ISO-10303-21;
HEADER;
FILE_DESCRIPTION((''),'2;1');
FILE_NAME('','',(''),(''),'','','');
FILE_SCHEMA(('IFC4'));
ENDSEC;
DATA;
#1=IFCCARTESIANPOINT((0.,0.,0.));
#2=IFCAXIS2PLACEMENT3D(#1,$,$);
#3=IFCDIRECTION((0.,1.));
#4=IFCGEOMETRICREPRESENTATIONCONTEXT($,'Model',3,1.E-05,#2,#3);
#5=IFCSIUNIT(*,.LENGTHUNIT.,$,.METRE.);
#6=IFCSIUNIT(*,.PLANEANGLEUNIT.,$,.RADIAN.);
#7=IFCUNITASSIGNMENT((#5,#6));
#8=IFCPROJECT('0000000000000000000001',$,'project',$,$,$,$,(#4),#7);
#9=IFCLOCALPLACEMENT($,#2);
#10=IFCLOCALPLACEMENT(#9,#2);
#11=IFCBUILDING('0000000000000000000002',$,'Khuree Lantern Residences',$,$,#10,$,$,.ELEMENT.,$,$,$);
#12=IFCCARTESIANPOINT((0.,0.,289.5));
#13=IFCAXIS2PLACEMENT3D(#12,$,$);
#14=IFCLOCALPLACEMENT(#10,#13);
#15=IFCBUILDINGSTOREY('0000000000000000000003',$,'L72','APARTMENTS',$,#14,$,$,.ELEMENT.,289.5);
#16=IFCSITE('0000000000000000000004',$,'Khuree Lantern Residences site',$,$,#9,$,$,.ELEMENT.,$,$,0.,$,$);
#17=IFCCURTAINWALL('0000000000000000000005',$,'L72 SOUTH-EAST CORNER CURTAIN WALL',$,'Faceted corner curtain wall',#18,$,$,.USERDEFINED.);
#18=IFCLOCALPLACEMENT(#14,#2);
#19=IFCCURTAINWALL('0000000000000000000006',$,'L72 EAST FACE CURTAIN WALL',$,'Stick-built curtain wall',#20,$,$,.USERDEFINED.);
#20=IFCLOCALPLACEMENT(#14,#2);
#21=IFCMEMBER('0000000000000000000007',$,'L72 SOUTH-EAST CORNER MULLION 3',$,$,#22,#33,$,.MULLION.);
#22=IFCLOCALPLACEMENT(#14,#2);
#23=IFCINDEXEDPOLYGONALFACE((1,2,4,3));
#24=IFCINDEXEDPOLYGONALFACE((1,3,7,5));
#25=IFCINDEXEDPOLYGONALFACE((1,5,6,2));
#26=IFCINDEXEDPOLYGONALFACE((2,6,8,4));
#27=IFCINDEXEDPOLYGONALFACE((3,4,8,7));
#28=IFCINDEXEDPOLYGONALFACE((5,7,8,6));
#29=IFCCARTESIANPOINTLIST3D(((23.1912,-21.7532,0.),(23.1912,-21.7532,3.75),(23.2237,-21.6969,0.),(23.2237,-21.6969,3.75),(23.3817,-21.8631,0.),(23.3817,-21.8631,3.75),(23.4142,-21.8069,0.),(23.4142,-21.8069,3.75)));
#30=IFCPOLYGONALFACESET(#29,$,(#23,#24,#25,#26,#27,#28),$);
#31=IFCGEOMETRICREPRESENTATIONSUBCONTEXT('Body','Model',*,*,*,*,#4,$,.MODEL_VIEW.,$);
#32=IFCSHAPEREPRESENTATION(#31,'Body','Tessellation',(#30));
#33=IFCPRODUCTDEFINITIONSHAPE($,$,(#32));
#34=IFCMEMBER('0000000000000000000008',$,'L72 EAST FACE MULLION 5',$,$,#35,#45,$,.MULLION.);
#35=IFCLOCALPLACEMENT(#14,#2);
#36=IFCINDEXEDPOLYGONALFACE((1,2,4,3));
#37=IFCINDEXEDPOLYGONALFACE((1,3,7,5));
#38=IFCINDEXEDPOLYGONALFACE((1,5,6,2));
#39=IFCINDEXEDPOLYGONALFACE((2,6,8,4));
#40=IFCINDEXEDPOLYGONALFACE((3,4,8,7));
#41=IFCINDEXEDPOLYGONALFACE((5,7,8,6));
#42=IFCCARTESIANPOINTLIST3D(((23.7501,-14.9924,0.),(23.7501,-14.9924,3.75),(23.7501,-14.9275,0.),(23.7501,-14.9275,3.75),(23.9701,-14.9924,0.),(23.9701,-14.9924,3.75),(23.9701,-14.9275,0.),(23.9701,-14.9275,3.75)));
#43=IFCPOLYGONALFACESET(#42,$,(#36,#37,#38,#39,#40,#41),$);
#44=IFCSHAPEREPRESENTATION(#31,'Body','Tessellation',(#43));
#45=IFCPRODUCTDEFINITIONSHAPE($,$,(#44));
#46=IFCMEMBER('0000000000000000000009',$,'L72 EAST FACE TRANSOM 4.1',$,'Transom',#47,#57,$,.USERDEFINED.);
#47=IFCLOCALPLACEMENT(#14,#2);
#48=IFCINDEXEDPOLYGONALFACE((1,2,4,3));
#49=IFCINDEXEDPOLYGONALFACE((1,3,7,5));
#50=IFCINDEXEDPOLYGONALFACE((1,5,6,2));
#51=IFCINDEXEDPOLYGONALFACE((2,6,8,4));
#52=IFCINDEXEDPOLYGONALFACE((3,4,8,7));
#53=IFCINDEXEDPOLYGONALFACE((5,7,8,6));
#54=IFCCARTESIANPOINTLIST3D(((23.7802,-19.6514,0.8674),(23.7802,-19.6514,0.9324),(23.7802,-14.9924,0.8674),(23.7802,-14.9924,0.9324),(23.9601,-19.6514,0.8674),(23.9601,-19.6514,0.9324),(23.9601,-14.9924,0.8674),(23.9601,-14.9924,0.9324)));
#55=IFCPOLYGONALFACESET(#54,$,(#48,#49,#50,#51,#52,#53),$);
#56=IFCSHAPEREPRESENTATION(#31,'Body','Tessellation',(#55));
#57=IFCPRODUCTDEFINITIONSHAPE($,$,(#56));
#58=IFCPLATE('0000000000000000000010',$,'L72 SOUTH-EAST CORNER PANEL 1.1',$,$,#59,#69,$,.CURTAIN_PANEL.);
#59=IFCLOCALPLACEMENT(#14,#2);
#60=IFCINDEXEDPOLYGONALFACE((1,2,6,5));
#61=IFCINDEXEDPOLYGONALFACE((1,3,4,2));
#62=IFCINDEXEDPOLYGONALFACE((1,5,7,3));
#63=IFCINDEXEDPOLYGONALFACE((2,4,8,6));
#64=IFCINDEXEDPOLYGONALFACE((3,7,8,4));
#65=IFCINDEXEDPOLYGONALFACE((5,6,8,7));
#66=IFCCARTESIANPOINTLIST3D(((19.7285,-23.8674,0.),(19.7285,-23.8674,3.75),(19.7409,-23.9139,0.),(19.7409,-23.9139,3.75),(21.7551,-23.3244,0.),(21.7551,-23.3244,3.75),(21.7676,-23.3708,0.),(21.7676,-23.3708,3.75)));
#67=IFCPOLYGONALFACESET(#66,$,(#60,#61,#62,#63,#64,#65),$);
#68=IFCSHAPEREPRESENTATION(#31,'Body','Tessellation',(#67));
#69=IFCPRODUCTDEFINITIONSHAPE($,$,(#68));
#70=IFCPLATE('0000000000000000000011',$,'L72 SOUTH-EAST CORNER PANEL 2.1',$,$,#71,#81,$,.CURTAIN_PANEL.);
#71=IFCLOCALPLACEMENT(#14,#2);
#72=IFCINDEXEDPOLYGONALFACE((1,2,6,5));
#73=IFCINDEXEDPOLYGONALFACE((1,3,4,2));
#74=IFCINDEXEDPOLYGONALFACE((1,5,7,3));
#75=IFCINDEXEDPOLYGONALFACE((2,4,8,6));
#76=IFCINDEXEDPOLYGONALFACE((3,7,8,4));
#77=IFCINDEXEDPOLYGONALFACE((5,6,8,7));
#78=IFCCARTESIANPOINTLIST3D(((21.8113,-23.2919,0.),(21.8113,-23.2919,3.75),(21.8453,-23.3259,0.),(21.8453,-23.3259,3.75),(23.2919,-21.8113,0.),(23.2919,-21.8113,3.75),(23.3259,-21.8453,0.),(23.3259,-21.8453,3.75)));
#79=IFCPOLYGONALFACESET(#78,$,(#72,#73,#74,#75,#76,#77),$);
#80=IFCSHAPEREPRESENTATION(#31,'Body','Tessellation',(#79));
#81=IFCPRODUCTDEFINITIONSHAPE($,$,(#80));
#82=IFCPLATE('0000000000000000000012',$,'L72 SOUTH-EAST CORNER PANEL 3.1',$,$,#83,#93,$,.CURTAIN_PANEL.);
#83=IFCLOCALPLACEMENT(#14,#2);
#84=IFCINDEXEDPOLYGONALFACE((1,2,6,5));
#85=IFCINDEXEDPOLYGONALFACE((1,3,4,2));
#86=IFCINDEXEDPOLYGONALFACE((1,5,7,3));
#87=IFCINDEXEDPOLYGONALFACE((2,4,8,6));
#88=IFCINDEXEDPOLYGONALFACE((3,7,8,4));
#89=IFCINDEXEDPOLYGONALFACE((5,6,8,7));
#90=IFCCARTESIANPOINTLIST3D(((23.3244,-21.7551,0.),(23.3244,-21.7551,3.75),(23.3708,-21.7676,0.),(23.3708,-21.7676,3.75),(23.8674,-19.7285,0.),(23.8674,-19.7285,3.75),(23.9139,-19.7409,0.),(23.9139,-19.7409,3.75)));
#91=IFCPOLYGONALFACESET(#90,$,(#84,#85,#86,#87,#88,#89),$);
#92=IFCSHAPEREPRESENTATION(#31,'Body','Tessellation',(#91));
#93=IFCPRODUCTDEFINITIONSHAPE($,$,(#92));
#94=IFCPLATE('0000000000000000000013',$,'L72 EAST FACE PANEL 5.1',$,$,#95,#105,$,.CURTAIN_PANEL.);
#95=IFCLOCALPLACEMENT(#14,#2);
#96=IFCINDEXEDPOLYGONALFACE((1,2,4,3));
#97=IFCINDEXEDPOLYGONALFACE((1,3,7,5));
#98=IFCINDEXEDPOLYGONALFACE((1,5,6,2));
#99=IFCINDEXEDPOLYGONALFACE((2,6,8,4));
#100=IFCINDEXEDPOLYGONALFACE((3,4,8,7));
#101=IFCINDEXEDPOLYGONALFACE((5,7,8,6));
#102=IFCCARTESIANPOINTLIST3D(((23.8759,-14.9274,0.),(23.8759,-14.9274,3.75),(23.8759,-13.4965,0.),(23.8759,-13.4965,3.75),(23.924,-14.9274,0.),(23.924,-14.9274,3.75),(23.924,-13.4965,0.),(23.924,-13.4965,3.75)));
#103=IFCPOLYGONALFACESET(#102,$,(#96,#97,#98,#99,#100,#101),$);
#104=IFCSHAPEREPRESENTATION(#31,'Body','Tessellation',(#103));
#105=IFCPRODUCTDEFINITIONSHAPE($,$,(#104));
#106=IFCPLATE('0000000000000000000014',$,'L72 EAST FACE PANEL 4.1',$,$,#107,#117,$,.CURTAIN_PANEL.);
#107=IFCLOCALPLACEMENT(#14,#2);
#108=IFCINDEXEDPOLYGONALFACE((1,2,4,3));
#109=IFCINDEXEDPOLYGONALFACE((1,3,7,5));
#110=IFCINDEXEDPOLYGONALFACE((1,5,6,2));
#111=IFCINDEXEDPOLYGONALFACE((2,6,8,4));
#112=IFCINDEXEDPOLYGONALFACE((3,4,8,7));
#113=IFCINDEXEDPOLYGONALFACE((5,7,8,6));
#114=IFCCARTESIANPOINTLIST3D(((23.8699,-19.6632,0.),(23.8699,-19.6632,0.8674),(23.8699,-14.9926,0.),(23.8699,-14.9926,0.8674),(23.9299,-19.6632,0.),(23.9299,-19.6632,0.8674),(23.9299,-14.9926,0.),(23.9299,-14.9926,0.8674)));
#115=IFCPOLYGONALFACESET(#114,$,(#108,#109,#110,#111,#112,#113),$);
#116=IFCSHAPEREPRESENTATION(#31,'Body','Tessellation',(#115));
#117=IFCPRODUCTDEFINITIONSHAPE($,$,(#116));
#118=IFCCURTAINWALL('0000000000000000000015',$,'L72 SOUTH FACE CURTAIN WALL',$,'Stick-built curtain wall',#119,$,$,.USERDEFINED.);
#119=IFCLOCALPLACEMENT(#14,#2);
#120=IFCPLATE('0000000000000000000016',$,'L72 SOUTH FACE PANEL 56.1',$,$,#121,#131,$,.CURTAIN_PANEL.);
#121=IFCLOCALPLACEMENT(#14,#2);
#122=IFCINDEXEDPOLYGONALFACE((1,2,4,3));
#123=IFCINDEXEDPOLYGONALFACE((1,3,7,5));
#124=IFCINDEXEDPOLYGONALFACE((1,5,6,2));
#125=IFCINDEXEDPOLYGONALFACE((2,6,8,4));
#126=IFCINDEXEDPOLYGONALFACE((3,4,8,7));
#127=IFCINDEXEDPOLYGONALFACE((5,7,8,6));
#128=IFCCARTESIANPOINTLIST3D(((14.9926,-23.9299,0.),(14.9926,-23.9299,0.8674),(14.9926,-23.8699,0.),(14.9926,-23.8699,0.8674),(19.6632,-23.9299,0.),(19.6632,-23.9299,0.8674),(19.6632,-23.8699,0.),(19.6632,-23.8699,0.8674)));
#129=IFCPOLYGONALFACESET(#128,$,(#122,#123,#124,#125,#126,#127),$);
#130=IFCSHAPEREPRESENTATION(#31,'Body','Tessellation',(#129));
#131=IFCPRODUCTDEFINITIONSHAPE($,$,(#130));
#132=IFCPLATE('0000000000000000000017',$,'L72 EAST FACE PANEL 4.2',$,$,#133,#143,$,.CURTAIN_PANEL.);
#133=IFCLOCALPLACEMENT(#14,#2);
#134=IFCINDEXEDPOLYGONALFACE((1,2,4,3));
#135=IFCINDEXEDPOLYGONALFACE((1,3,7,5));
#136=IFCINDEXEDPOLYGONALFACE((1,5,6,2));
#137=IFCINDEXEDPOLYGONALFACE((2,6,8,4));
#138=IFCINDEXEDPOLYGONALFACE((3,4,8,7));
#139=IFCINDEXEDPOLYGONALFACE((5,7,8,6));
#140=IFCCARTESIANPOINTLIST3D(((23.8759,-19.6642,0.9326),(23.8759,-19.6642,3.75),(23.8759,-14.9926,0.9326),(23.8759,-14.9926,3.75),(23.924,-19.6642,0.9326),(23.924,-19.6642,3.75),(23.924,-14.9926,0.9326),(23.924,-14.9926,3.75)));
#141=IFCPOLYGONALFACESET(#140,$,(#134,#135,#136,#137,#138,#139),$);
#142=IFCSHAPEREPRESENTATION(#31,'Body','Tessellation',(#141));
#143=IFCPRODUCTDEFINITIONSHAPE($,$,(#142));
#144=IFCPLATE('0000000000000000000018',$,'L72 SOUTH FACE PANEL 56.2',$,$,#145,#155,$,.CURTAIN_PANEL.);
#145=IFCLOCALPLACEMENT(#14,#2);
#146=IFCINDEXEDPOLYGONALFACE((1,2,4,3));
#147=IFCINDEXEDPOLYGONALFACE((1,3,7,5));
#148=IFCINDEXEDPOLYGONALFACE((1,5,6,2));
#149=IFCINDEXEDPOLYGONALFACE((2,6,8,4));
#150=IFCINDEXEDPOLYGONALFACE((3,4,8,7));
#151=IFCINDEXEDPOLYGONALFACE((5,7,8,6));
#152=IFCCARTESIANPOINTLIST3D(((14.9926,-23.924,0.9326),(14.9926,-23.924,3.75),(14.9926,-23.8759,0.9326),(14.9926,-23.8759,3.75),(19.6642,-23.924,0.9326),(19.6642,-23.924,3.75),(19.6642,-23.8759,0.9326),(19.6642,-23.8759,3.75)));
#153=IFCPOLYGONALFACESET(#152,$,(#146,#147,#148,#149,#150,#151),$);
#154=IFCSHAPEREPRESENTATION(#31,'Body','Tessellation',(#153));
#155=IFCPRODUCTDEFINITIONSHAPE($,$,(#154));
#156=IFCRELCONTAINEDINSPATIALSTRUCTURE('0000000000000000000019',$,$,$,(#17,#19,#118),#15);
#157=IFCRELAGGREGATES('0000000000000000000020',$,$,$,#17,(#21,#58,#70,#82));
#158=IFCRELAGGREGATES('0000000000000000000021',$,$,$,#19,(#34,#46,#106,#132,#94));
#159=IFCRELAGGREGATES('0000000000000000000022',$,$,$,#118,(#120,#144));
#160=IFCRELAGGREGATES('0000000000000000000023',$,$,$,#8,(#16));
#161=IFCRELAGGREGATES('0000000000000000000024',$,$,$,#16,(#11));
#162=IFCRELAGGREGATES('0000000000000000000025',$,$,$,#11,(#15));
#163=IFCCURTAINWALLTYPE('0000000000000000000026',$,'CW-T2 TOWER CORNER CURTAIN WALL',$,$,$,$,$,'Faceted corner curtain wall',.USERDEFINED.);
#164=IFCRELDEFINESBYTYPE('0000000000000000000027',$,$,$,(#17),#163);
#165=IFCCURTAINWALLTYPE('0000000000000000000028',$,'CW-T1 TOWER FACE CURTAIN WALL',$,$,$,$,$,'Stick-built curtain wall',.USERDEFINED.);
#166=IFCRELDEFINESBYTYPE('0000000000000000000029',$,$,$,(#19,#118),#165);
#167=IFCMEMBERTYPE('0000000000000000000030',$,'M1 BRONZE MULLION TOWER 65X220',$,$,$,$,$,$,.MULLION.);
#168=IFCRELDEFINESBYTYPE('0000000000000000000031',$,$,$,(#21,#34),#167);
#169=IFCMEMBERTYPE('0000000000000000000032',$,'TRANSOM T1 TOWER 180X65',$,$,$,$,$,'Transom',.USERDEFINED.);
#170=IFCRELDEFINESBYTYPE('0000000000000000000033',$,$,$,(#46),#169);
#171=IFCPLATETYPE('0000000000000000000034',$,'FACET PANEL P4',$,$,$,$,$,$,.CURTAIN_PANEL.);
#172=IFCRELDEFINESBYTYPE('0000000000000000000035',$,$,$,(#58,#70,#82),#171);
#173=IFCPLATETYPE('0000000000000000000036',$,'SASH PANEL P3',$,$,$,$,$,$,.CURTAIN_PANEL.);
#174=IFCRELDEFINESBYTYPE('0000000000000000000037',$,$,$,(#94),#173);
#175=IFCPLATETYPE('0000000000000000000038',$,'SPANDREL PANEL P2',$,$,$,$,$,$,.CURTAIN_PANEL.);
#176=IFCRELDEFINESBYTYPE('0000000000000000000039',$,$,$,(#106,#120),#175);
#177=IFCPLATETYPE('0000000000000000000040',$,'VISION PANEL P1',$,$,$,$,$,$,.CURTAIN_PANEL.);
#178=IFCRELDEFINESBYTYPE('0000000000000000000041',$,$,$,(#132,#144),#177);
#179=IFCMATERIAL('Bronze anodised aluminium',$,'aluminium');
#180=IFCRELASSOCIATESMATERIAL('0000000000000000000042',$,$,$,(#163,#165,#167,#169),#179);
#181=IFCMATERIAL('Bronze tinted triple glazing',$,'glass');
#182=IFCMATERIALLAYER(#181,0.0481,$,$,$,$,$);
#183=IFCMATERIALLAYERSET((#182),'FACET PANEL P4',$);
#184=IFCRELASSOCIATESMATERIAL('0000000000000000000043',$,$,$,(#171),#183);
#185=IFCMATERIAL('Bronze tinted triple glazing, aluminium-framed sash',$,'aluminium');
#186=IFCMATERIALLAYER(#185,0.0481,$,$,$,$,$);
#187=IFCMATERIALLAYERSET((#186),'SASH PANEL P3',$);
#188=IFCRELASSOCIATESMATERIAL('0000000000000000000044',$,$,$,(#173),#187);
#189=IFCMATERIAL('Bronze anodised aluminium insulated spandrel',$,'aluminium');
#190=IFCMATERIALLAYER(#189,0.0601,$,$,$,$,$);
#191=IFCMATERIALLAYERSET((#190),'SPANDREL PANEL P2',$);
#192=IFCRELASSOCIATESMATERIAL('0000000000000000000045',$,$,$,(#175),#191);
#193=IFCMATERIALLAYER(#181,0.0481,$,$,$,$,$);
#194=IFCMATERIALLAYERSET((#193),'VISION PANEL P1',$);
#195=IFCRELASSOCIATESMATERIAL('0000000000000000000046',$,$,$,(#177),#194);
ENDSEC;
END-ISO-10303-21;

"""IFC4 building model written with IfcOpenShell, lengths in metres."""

from ifc_helpers import new_model, si_unit, direction, frame, origin, origin_2d, place, context, subcontext, project, spatial, rectangle, extrude, material, layer, layer_set, material_profile, profile_set, type_object, element, aggregate, save


model = new_model("IFC4")

# Units and contexts
model_context = context("Model", 3, precision=1e-05, world=origin(), true_north=direction((0.0, 1.0)))
body_context = subcontext(model_context, "Body", "Model", "MODEL_VIEW")
ifc_project = project(units=[si_unit("LENGTHUNIT", "METRE"), si_unit("PLANEANGLEUNIT", "RADIAN")], contexts=[model_context])

# Site, building, storey
site_placement = place(None, origin())
site = spatial("IfcSite", under=ifc_project, at=site_placement, Name="Khuree Lantern Residences site", CompositionType="ELEMENT", RefElevation=0.0)
building_placement = place(site_placement, origin())
building = spatial("IfcBuilding", under=site, at=building_placement, Name="Khuree Lantern Residences", CompositionType="ELEMENT")
storey_placement = place(building_placement, frame((0.0, 0.0, 289.5)))
storey = spatial("IfcBuildingStorey", under=building, at=storey_placement, Name="L72", Description="APARTMENTS", CompositionType="ELEMENT", Elevation=289.5)

# Curtain walls
ifc_material_1 = material(Name="Bronze anodised aluminium", Category="aluminium")
curtain_wall_type_1 = type_object("IfcCurtainWallType", Name="CW-T2 TOWER CORNER CURTAIN WALL", ElementType="Faceted corner curtain wall", PredefinedType="USERDEFINED", material=ifc_material_1)
curtain_wall_1_placement = place(storey_placement, origin())
curtain_wall_1 = element("IfcCurtainWall", 1, at=curtain_wall_1_placement, inside=storey, type_object=curtain_wall_type_1, Name="L72 SOUTH-EAST CORNER CURTAIN WALL", ObjectType="Faceted corner curtain wall", PredefinedType="USERDEFINED")
curtain_wall_type_2 = type_object("IfcCurtainWallType", Name="CW-T1 TOWER FACE CURTAIN WALL", ElementType="Stick-built curtain wall", PredefinedType="USERDEFINED", material=ifc_material_1)
curtain_wall_2_placement = place(storey_placement, origin())
curtain_wall_2 = element("IfcCurtainWall", 2, at=curtain_wall_2_placement, inside=storey, type_object=curtain_wall_type_2, Name="L72 EAST FACE CURTAIN WALL", ObjectType="Stick-built curtain wall", PredefinedType="USERDEFINED")

# Members
ifc_material_profile_1 = material_profile(ifc_material_1, rectangle(XDim=0.0649, YDim=0.22, at=origin_2d()), Name="M1 65X220")
ifc_profile_set_1 = profile_set([ifc_material_profile_1], Name="Bronze anodised aluminium")
member_type_1 = type_object("IfcMemberType", Name="M1 BRONZE MULLION TOWER 65X220", PredefinedType="MULLION", material=ifc_profile_set_1)
member_1_placement = place(storey_placement, frame((23.3027, -21.78, 0.0), z_axis=(0.0, 0.0, 1.0), x_axis=(0.5, 0.866025, 0.0)))
member_1 = element("IfcMember", 3, at=member_1_placement, type_object=member_type_1, Name="L72 SOUTH-EAST CORNER MULLION 3", PredefinedType="MULLION", context=body_context, shape_type="SweptSolid", body=[
    extrude(rectangle(XDim=0.0649, YDim=0.22, at=origin_2d()), origin(), (0.0, 0.0, 1.0), 3.75),
])
member_2_placement = place(storey_placement, frame((23.8601, -14.96, 0.0), z_axis=(0.0, 0.0, 1.0), x_axis=(0.0, 1.0, 0.0)))
member_2 = element("IfcMember", 4, at=member_2_placement, type_object=member_type_1, Name="L72 EAST FACE MULLION 5", PredefinedType="MULLION", context=body_context, shape_type="SweptSolid", body=[
    extrude(rectangle(XDim=0.0649, YDim=0.22, at=origin_2d()), origin(), (0.0, 0.0, 1.0), 3.75),
])
ifc_material_profile_2 = material_profile(ifc_material_1, rectangle(XDim=0.1799, YDim=0.0649, at=origin_2d()), Name="T1 180X65")
ifc_profile_set_2 = profile_set([ifc_material_profile_2], Name="Bronze anodised aluminium")
member_type_2 = type_object("IfcMemberType", Name="TRANSOM T1 TOWER 180X65", ElementType="Transom", PredefinedType="USERDEFINED", material=ifc_profile_set_2)
member_3_placement = place(storey_placement, frame((23.8701, -19.6514, 0.8999), z_axis=(0.0, 1.0, 0.0), x_axis=(-1.0, 0.0, 0.0)))
member_3 = element("IfcMember", 5, at=member_3_placement, type_object=member_type_2, Name="L72 EAST FACE TRANSOM 4.1", ObjectType="Transom", PredefinedType="USERDEFINED", context=body_context, shape_type="SweptSolid", body=[
    extrude(rectangle(XDim=0.1799, YDim=0.0649, at=origin_2d()), origin(), (0.0, 0.0, 1.0), 4.6589),
])

# Plates
ifc_material_2 = material(Name="Bronze tinted triple glazing", Category="glass")
ifc_layer_1 = layer(ifc_material_2, 0.0481)
ifc_layer_set_1 = layer_set([ifc_layer_1], Name="FACET PANEL P4")
plate_type_1 = type_object("IfcPlateType", Name="FACET PANEL P4", PredefinedType="CURTAIN_PANEL", material=ifc_layer_set_1)
plate_1_placement = place(storey_placement, frame((20.748, -23.6191, 0.0), z_axis=(0.0, 0.0, 1.0), x_axis=(0.965926, 0.258819, 0.0)))
plate_1 = element("IfcPlate", 6, at=plate_1_placement, type_object=plate_type_1, Name="L72 SOUTH-EAST CORNER PANEL 1.1", PredefinedType="CURTAIN_PANEL", context=body_context, shape_type="SweptSolid", body=[
    extrude(rectangle(XDim=2.0981, YDim=0.0481, at=origin_2d()), origin(), (0.0, 0.0, 1.0), 3.75),
])
plate_2_placement = place(storey_placement, frame((22.5686, -22.5686, 0.0), z_axis=(0.0, 0.0, 1.0), x_axis=(0.707107, 0.707107, 0.0)))
plate_2 = element("IfcPlate", 7, at=plate_2_placement, type_object=plate_type_1, Name="L72 SOUTH-EAST CORNER PANEL 2.1", PredefinedType="CURTAIN_PANEL", context=body_context, shape_type="SweptSolid", body=[
    extrude(rectangle(XDim=2.094, YDim=0.0481, at=origin_2d()), origin(), (0.0, 0.0, 1.0), 3.75),
])
plate_3_placement = place(storey_placement, frame((23.6191, -20.748, 0.0), z_axis=(0.0, 0.0, 1.0), x_axis=(0.258819, 0.965926, 0.0)))
plate_3 = element("IfcPlate", 8, at=plate_3_placement, type_object=plate_type_1, Name="L72 SOUTH-EAST CORNER PANEL 3.1", PredefinedType="CURTAIN_PANEL", context=body_context, shape_type="SweptSolid", body=[
    extrude(rectangle(XDim=2.0981, YDim=0.0481, at=origin_2d()), origin(), (0.0, 0.0, 1.0), 3.75),
])
aggregate(curtain_wall_1, [member_1, plate_1, plate_2, plate_3])
ifc_material_3 = material(Name="Bronze tinted triple glazing, aluminium-framed sash", Category="aluminium")
ifc_layer_2 = layer(ifc_material_3, 0.0481)
ifc_layer_set_2 = layer_set([ifc_layer_2], Name="SASH PANEL P3")
plate_type_2 = type_object("IfcPlateType", Name="SASH PANEL P3", PredefinedType="CURTAIN_PANEL", material=ifc_layer_set_2)
plate_4_placement = place(storey_placement, frame((23.8999, -14.2119, 0.0), z_axis=(0.0, 0.0, 1.0), x_axis=(0.0, 1.0, 0.0)))
plate_4 = element("IfcPlate", 9, at=plate_4_placement, type_object=plate_type_2, Name="L72 EAST FACE PANEL 5.1", PredefinedType="CURTAIN_PANEL", context=body_context, shape_type="SweptSolid", body=[
    extrude(rectangle(XDim=1.4309, YDim=0.0481, at=origin_2d()), origin(), (0.0, 0.0, 1.0), 3.75),
])
ifc_material_4 = material(Name="Bronze anodised aluminium insulated spandrel", Category="aluminium")
ifc_layer_3 = layer(ifc_material_4, 0.0601)
ifc_layer_set_3 = layer_set([ifc_layer_3], Name="SPANDREL PANEL P2")
plate_type_3 = type_object("IfcPlateType", Name="SPANDREL PANEL P2", PredefinedType="CURTAIN_PANEL", material=ifc_layer_set_3)
plate_5_placement = place(storey_placement, frame((23.8999, -17.3279, 0.0), z_axis=(0.0, 0.0, 1.0), x_axis=(0.0, 1.0, 0.0)))
plate_5 = element("IfcPlate", 10, at=plate_5_placement, type_object=plate_type_3, Name="L72 EAST FACE PANEL 4.1", PredefinedType="CURTAIN_PANEL", context=body_context, shape_type="SweptSolid", body=[
    extrude(rectangle(XDim=4.6707, YDim=0.0601, at=origin_2d()), origin(), (0.0, 0.0, 1.0), 0.8674),
])

# Curtain wall, plate
curtain_wall_3_placement = place(storey_placement, origin())
curtain_wall_3 = element("IfcCurtainWall", 11, at=curtain_wall_3_placement, inside=storey, type_object=curtain_wall_type_2, Name="L72 SOUTH FACE CURTAIN WALL", ObjectType="Stick-built curtain wall", PredefinedType="USERDEFINED")
plate_6_placement = place(storey_placement, frame((17.3279, -23.8999, 0.0), z_axis=(0.0, 0.0, 1.0), x_axis=(1.0, 0.0, 0.0)))
plate_6 = element("IfcPlate", 12, at=plate_6_placement, type_object=plate_type_3, Name="L72 SOUTH FACE PANEL 56.1", PredefinedType="CURTAIN_PANEL", context=body_context, shape_type="SweptSolid", body=[
    extrude(rectangle(XDim=4.6707, YDim=0.0601, at=origin_2d()), origin(), (0.0, 0.0, 1.0), 0.8674),
])

# Plates
ifc_layer_4 = layer(ifc_material_2, 0.0481)
ifc_layer_set_4 = layer_set([ifc_layer_4], Name="VISION PANEL P1")
plate_type_4 = type_object("IfcPlateType", Name="VISION PANEL P1", PredefinedType="CURTAIN_PANEL", material=ifc_layer_set_4)
plate_7_placement = place(storey_placement, frame((23.8999, -17.3284, 0.9326), z_axis=(0.0, 0.0, 1.0), x_axis=(0.0, 1.0, 0.0)))
plate_7 = element("IfcPlate", 13, at=plate_7_placement, type_object=plate_type_4, Name="L72 EAST FACE PANEL 4.2", PredefinedType="CURTAIN_PANEL", context=body_context, shape_type="SweptSolid", body=[
    extrude(rectangle(XDim=4.6716, YDim=0.0481, at=origin_2d()), origin(), (0.0, 0.0, 1.0), 2.8174),
])
aggregate(curtain_wall_2, [member_2, member_3, plate_5, plate_7, plate_4])
plate_8_placement = place(storey_placement, frame((17.3284, -23.8999, 0.9326), z_axis=(0.0, 0.0, 1.0), x_axis=(1.0, 0.0, 0.0)))
plate_8 = element("IfcPlate", 14, at=plate_8_placement, type_object=plate_type_4, Name="L72 SOUTH FACE PANEL 56.2", PredefinedType="CURTAIN_PANEL", context=body_context, shape_type="SweptSolid", body=[
    extrude(rectangle(XDim=4.6716, YDim=0.0481, at=origin_2d()), origin(), (0.0, 0.0, 1.0), 2.8174),
])
aggregate(curtain_wall_3, [plate_6, plate_8])

save(model, "model.ifc")
